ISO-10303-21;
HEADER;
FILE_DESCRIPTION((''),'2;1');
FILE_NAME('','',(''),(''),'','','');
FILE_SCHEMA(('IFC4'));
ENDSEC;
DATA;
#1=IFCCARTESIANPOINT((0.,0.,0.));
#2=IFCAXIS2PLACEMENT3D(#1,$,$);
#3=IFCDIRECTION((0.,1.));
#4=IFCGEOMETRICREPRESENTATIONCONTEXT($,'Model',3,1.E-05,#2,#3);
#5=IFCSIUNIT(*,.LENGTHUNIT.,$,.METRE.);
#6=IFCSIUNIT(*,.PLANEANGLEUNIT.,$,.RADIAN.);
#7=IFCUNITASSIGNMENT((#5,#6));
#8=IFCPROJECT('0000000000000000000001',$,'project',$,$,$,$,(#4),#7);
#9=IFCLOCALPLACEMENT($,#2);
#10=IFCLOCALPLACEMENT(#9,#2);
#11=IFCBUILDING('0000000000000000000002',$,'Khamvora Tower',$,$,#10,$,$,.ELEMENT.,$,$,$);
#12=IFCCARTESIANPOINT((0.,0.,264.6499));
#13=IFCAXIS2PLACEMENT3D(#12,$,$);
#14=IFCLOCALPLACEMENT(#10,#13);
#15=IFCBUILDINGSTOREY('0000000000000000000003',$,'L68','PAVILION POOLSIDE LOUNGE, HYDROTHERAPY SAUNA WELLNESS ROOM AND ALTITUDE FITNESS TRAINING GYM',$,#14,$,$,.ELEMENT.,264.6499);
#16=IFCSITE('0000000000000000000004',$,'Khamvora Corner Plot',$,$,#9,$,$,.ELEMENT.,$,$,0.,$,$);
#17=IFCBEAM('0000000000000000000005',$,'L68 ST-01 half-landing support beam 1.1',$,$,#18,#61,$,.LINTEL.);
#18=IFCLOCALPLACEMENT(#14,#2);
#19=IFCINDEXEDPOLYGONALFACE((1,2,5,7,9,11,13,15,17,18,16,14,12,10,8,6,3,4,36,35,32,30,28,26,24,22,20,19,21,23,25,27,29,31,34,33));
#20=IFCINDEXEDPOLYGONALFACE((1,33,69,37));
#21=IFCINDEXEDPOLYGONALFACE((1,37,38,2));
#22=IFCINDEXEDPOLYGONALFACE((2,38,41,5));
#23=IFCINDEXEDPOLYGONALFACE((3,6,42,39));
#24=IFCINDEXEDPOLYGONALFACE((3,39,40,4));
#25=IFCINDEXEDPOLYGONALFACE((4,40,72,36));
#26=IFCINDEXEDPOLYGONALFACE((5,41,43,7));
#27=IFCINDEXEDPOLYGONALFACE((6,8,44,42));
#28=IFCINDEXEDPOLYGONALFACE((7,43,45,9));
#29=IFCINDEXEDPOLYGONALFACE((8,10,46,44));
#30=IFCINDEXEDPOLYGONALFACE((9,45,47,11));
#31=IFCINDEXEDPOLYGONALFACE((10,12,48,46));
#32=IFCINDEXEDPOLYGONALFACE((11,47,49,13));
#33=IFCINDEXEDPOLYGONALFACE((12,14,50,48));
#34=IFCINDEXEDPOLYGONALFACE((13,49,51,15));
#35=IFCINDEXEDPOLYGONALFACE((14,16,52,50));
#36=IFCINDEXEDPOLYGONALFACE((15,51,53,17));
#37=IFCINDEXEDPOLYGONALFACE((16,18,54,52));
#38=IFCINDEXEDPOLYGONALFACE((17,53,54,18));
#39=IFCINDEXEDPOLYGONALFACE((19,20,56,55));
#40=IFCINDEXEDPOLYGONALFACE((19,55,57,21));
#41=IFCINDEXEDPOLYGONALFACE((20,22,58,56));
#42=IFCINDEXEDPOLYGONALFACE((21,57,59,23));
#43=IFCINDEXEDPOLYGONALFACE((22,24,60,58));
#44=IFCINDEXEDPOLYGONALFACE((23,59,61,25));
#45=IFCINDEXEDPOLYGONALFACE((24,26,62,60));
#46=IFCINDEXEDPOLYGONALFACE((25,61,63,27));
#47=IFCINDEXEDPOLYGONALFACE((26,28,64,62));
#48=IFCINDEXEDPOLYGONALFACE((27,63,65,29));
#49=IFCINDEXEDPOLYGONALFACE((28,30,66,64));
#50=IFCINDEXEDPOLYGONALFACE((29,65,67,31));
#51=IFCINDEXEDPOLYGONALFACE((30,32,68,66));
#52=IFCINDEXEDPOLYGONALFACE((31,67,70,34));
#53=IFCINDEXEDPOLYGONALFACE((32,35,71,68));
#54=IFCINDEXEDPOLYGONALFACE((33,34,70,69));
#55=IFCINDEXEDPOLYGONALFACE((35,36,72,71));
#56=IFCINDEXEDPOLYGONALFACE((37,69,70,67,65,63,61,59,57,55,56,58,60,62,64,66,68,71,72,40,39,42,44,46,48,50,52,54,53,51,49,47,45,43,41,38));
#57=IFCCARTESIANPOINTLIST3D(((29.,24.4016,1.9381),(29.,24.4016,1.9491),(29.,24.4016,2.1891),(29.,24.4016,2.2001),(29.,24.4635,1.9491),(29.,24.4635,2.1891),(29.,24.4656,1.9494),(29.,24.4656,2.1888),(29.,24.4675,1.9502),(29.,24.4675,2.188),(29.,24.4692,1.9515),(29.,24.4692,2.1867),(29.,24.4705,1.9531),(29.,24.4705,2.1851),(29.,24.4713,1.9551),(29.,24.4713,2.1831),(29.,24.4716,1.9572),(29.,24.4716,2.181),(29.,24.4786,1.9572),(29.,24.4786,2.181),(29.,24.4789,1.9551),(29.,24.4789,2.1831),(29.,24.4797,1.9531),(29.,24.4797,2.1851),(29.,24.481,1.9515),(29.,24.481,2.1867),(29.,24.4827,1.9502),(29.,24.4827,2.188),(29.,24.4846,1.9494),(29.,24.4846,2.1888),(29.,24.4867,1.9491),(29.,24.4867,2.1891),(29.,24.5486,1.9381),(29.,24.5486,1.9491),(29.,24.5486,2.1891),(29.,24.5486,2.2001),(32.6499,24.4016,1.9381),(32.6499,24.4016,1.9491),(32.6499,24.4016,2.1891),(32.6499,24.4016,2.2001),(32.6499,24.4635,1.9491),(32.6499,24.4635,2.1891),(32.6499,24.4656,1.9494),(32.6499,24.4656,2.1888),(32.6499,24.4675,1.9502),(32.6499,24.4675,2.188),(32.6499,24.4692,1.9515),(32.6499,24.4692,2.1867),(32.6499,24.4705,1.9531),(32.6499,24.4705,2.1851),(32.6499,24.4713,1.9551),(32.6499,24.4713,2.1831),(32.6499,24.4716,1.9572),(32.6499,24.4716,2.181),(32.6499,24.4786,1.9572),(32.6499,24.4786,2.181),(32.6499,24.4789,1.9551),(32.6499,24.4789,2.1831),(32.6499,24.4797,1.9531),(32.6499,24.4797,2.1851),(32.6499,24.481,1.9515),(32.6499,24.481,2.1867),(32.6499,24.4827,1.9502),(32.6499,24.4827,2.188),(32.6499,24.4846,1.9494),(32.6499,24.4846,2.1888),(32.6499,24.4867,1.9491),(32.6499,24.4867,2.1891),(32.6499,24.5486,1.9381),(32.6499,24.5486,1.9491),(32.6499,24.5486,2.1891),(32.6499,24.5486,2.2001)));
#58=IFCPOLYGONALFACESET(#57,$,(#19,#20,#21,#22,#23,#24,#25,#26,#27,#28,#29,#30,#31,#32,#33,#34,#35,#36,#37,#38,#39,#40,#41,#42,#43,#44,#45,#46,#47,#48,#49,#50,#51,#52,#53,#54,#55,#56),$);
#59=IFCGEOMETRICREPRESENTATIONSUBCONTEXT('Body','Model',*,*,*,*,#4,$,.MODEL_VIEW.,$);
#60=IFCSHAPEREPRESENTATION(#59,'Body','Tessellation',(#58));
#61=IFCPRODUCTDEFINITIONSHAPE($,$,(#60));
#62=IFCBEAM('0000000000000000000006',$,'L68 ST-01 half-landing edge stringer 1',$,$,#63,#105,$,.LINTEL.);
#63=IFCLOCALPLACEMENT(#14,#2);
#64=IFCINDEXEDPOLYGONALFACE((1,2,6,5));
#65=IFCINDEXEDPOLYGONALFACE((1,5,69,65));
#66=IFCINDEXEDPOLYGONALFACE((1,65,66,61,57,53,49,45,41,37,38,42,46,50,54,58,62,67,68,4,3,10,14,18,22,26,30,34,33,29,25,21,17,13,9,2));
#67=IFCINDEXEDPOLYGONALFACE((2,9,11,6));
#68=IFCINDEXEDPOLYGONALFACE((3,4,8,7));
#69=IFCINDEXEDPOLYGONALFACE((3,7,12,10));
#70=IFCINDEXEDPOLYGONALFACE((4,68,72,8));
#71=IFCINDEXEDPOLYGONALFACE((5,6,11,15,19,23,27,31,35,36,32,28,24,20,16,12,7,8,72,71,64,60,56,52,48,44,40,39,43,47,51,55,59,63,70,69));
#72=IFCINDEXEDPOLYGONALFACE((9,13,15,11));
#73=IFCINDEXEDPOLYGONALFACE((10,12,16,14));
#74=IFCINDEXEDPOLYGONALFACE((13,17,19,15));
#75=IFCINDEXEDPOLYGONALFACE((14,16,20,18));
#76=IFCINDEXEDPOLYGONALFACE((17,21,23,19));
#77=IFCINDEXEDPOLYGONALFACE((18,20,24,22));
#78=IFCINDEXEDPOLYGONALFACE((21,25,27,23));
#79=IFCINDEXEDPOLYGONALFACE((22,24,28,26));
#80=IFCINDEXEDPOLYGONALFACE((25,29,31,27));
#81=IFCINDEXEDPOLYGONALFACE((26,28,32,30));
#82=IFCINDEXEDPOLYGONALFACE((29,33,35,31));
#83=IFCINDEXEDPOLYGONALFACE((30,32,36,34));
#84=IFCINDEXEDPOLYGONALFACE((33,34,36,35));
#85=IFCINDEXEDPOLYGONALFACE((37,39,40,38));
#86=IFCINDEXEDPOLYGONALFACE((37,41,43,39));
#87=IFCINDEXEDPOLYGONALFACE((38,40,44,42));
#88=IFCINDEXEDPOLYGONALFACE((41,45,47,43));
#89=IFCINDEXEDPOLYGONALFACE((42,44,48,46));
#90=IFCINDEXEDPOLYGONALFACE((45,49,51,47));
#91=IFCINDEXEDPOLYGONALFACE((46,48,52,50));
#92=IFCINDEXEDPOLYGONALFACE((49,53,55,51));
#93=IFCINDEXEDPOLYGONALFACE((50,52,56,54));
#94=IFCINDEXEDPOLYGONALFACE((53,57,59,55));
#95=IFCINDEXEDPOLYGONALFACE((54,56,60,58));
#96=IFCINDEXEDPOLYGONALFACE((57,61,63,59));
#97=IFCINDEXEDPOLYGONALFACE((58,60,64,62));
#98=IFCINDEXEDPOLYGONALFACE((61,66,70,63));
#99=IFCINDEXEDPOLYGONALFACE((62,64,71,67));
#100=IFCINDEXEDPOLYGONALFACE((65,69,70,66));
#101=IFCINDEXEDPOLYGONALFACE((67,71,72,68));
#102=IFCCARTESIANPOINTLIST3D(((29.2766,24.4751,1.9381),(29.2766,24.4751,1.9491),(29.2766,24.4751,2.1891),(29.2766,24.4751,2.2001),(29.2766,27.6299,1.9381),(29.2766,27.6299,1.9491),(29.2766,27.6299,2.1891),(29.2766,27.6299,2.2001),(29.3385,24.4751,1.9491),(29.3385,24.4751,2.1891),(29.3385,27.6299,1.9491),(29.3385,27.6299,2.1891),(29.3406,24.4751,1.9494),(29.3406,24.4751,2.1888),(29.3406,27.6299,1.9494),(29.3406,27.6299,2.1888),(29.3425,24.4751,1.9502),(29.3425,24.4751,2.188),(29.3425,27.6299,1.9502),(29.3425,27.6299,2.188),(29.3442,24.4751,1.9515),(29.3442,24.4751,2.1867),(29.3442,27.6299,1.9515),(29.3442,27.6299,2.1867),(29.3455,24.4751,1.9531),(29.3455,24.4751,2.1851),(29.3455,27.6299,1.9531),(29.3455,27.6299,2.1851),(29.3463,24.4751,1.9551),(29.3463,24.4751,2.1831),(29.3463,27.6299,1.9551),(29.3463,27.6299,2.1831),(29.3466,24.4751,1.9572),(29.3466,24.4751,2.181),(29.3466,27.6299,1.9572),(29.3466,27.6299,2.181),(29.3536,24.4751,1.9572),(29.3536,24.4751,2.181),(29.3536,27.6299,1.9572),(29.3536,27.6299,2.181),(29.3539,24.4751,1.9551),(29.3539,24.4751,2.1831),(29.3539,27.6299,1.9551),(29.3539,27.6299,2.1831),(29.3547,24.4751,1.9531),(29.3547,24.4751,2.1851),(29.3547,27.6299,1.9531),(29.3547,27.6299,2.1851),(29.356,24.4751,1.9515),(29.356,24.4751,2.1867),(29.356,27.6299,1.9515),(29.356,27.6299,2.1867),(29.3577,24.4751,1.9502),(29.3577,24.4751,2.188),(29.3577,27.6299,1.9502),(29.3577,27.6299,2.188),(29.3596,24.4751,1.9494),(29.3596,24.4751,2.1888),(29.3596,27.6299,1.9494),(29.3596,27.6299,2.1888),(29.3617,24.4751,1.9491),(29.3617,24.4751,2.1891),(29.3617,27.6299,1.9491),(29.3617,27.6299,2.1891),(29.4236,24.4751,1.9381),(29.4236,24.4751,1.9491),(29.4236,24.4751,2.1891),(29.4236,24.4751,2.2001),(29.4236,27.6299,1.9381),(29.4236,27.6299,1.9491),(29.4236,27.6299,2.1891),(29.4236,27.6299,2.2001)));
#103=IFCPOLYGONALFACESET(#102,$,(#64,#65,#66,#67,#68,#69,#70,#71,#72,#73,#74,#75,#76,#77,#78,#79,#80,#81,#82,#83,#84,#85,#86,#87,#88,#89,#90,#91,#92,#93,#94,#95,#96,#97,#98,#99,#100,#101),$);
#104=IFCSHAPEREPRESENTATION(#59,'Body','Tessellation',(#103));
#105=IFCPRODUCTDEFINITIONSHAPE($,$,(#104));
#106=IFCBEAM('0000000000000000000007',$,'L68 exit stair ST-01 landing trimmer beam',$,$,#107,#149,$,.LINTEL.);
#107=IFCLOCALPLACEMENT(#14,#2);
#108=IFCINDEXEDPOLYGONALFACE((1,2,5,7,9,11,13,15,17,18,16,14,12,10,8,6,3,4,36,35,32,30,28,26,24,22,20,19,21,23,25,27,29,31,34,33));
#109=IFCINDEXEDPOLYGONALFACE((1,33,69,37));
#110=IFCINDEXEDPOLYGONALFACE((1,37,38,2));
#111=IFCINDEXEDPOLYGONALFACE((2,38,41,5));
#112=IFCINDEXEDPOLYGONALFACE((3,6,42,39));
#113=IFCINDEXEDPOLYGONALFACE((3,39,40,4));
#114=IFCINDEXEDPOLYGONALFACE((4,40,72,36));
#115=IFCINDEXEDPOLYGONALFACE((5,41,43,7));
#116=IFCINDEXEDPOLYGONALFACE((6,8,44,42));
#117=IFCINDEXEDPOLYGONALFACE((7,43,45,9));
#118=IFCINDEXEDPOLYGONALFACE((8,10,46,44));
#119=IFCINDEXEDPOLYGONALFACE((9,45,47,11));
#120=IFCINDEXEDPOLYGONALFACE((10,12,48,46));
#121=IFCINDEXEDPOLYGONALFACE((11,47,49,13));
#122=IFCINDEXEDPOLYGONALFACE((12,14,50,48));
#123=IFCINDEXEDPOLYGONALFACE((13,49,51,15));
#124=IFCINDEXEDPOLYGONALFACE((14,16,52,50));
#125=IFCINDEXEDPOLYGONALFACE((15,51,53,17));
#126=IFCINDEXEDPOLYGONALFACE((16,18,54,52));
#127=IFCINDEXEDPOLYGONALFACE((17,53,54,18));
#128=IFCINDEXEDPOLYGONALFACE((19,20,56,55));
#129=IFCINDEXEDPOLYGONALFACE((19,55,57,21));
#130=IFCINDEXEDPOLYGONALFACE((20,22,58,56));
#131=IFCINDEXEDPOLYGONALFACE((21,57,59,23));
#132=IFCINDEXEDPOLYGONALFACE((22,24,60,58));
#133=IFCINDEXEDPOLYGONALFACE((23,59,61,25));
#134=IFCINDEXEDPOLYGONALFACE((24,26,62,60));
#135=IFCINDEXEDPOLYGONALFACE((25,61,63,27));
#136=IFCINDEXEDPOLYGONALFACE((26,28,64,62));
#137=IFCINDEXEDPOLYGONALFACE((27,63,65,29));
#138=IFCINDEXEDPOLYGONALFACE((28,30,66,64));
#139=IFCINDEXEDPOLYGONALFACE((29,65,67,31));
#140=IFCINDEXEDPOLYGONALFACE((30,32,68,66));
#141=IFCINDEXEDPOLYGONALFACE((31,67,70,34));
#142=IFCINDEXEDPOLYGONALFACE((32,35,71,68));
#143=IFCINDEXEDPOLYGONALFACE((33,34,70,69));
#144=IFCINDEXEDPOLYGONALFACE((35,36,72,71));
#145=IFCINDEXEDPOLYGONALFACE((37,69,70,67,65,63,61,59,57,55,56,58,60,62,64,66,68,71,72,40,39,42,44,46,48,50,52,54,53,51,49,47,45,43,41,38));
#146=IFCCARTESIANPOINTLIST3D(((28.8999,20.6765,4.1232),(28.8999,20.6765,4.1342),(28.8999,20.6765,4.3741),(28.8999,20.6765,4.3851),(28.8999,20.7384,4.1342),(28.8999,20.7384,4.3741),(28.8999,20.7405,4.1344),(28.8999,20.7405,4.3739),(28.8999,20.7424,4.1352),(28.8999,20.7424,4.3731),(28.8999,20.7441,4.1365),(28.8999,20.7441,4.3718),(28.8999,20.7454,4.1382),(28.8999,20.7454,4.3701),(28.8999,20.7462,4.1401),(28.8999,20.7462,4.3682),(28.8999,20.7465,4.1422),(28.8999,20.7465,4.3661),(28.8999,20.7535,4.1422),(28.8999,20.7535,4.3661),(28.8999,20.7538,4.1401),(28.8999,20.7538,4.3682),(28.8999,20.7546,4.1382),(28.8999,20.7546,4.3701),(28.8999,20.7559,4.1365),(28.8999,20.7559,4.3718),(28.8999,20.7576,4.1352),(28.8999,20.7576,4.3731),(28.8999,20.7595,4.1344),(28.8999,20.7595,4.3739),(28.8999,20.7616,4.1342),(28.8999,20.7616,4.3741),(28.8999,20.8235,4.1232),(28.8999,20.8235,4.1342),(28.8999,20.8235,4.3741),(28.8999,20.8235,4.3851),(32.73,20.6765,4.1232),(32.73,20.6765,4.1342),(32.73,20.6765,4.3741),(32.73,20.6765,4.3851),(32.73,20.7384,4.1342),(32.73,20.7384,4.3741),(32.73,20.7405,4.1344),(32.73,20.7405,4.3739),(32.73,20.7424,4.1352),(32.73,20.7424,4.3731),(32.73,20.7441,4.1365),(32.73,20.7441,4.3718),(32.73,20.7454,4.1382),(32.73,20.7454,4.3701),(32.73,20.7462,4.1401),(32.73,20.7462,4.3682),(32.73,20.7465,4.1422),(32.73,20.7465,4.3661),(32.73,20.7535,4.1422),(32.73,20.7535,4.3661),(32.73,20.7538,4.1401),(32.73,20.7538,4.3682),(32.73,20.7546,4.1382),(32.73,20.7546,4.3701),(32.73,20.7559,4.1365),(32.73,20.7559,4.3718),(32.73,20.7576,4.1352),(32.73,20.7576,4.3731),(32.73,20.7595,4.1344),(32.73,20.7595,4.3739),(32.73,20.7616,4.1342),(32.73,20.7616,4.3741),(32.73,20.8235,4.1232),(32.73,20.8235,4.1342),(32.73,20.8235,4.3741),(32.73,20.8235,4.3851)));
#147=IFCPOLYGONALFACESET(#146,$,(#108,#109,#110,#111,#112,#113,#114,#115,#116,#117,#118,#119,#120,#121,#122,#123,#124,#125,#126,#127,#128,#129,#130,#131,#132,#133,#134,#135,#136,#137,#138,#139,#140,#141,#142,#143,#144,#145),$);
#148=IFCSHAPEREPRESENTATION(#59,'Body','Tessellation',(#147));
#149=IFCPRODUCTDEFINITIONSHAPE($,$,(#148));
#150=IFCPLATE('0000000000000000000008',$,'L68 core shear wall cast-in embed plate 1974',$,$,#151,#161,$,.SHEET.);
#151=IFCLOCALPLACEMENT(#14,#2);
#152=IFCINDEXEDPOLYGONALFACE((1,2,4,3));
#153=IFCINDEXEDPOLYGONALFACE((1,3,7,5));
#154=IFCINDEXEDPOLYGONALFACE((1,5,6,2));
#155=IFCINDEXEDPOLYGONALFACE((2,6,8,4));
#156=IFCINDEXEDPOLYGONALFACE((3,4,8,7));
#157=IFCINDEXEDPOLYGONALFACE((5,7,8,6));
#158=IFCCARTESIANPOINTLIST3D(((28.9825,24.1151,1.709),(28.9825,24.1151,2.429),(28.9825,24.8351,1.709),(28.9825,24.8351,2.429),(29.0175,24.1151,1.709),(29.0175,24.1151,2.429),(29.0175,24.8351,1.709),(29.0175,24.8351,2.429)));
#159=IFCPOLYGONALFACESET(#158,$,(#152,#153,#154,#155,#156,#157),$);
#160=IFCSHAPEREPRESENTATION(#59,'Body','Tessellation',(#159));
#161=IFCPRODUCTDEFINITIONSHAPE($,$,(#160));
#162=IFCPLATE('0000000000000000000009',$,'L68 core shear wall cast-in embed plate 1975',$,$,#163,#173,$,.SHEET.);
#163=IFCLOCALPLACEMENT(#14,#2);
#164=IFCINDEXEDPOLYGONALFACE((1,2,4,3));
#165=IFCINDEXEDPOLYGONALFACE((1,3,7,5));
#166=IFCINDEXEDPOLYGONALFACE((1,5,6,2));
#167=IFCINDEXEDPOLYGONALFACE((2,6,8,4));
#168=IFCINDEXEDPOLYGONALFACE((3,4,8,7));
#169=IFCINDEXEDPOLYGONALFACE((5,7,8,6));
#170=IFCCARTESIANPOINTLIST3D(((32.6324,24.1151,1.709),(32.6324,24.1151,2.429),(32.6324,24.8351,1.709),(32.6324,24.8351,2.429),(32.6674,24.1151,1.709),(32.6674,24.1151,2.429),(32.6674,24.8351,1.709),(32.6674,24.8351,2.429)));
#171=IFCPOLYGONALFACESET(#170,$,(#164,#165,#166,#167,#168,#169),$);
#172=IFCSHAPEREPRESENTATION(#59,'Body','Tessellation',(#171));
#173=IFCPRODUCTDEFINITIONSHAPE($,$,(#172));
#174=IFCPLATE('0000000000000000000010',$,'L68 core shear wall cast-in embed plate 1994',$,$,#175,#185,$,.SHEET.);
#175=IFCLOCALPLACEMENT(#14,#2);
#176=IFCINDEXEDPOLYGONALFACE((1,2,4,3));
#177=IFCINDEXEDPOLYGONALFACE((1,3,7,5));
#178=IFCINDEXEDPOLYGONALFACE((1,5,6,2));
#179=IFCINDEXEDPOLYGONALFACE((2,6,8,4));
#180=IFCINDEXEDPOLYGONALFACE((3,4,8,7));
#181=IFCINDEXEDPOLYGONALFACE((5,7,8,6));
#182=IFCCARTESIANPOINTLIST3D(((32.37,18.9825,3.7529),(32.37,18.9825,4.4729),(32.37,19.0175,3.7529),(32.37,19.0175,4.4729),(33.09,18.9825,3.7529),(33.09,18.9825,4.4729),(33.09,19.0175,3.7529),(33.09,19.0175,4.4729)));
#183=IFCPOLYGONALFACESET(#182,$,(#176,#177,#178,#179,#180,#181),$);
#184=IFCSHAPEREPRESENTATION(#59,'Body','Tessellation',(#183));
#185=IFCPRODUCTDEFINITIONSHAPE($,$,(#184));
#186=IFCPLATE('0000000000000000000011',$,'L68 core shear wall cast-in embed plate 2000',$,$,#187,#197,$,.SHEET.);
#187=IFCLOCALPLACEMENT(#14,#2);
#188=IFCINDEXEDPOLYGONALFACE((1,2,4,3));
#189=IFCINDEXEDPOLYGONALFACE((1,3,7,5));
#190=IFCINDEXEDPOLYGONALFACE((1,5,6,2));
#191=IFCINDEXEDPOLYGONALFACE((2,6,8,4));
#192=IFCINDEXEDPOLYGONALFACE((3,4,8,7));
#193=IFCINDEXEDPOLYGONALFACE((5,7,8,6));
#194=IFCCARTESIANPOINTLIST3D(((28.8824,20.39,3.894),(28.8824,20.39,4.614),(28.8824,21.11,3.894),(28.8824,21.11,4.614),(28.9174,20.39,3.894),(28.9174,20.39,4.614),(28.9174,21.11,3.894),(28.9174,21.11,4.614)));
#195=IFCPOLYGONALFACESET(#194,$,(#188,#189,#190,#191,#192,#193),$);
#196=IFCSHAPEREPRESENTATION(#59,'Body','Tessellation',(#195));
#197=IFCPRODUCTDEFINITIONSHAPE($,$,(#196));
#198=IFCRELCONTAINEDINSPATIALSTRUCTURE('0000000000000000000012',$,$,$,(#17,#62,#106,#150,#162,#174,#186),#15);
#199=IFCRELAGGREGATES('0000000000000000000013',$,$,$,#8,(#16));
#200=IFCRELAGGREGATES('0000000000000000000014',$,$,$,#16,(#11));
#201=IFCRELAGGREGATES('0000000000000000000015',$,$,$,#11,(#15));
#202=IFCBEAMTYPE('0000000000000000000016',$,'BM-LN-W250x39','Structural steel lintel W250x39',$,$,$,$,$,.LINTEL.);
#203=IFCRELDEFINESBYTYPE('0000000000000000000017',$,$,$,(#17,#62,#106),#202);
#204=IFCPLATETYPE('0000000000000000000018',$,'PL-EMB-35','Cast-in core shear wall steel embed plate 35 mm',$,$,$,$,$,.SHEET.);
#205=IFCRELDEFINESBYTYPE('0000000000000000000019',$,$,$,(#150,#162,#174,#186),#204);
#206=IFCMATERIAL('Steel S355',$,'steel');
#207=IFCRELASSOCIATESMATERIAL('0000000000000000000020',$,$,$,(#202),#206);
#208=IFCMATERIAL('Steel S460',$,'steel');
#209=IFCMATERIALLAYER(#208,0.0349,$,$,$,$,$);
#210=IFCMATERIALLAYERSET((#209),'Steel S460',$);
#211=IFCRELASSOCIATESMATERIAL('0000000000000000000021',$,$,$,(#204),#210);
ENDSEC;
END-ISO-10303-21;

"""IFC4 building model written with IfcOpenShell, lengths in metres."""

from ifc_helpers import new_model, si_unit, direction, frame, origin, origin_2d, place, context, subcontext, project, spatial, rectangle, i_section, extrude, material, layer, layer_set, material_profile, profile_set, type_object, element, save


model = new_model("IFC4")

# Units and contexts
model_context = context("Model", 3, precision=1e-05, world=origin(), true_north=direction((0.0, 1.0)))
body_context = subcontext(model_context, "Body", "Model", "MODEL_VIEW")
ifc_project = project(units=[si_unit("LENGTHUNIT", "METRE"), si_unit("PLANEANGLEUNIT", "RADIAN")], contexts=[model_context])

# Site, building, storey
site_placement = place(None, origin())
site = spatial("IfcSite", under=ifc_project, at=site_placement, Name="Khamvora Corner Plot", CompositionType="ELEMENT", RefElevation=0.0)
building_placement = place(site_placement, origin())
building = spatial("IfcBuilding", under=site, at=building_placement, Name="Khamvora Tower", CompositionType="ELEMENT")
storey_placement = place(building_placement, frame((0.0, 0.0, 264.6499)))
storey = spatial("IfcBuildingStorey", under=building, at=storey_placement, Name="L68", Description="PAVILION POOLSIDE LOUNGE, HYDROTHERAPY SAUNA WELLNESS ROOM AND ALTITUDE FITNESS TRAINING GYM", CompositionType="ELEMENT", Elevation=264.6499)

# Beams
ifc_material_1 = material(Name="Steel S355", Category="steel")
ifc_material_profile = material_profile(ifc_material_1, i_section(OverallWidth=0.147, OverallDepth=0.262, WebThickness=0.0071, FlangeThickness=0.011, FilletRadius=0.0081, at=origin_2d()), Name="W250x39")
ifc_profile_set = profile_set([ifc_material_profile], Name="Steel S355")
beam_type = type_object("IfcBeamType", Name="BM-LN-W250x39", Description="Structural steel lintel W250x39", PredefinedType="LINTEL", material=ifc_profile_set)
beam_1_placement = place(storey_placement, frame((29.0, 24.4751, 2.0691), z_axis=(1.0, 0.0, 0.0), x_axis=(0.0, 1.0, 0.0)))
element("IfcBeam", 1, at=beam_1_placement, inside=storey, type_object=beam_type, Name="L68 ST-01 half-landing support beam 1.1", PredefinedType="LINTEL", context=body_context, shape_type="SweptSolid", body=[
    extrude(i_section(OverallWidth=0.147, OverallDepth=0.262, WebThickness=0.0071, FlangeThickness=0.011, FilletRadius=0.0081, at=origin_2d()), origin(), (0.0, 0.0, 1.0), 3.6499),
])
beam_2_placement = place(storey_placement, frame((29.3501, 24.4751, 2.0691), z_axis=(0.0, 1.0, 0.0), x_axis=(-1.0, 0.0, 0.0)))
element("IfcBeam", 2, at=beam_2_placement, inside=storey, type_object=beam_type, Name="L68 ST-01 half-landing edge stringer 1", PredefinedType="LINTEL", context=body_context, shape_type="SweptSolid", body=[
    extrude(i_section(OverallWidth=0.147, OverallDepth=0.262, WebThickness=0.0071, FlangeThickness=0.011, FilletRadius=0.0081, at=origin_2d()), origin(), (0.0, 0.0, 1.0), 3.1548),
])
beam_3_placement = place(storey_placement, frame((28.8999, 20.75, 4.2542), z_axis=(1.0, 0.0, 0.0), x_axis=(0.0, 1.0, 0.0)))
element("IfcBeam", 3, at=beam_3_placement, inside=storey, type_object=beam_type, Name="L68 exit stair ST-01 landing trimmer beam", PredefinedType="LINTEL", context=body_context, shape_type="SweptSolid", body=[
    extrude(i_section(OverallWidth=0.147, OverallDepth=0.262, WebThickness=0.0071, FlangeThickness=0.011, FilletRadius=0.0081, at=origin_2d()), origin(), (0.0, 0.0, 1.0), 3.8301),
])

# Plates
ifc_material_2 = material(Name="Steel S460", Category="steel")
ifc_layer_1 = layer(ifc_material_2, 0.0349)
ifc_layer_set_1 = layer_set([ifc_layer_1], Name="Steel S460")
plate_type = type_object("IfcPlateType", Name="PL-EMB-35", Description="Cast-in core shear wall steel embed plate 35 mm", PredefinedType="SHEET", material=ifc_layer_set_1)
for number, where, z_axis, x_axis, name in (
    (4, (29.0, 24.4751, 1.709), (0.0, 0.0, 1.0), (1.0, 0.0, 0.0), "L68 core shear wall cast-in embed plate 1974"),
    (5, (32.6499, 24.4751, 1.709), (0.0, 0.0, 1.0), (1.0, 0.0, 0.0), "L68 core shear wall cast-in embed plate 1975"),
):
    element("IfcPlate", number, at=place(storey_placement, frame(where, z_axis=z_axis, x_axis=x_axis)), inside=storey, type_object=plate_type, Name=name, PredefinedType="SHEET", context=body_context, shape_type="SweptSolid", body=[
        extrude(rectangle(XDim=0.0349, YDim=0.72, at=origin_2d()), origin(), (0.0, 0.0, 1.0), 0.72),
    ])
plate_placement = place(storey_placement, frame((32.73, 19.0, 3.7529), z_axis=(0.0, 0.0, 1.0), x_axis=(1.0, 0.0, 0.0)))
element("IfcPlate", 6, at=plate_placement, inside=storey, type_object=plate_type, Name="L68 core shear wall cast-in embed plate 1994", PredefinedType="SHEET", context=body_context, shape_type="SweptSolid", body=[
    extrude(rectangle(XDim=0.72, YDim=0.0349, at=origin_2d()), origin(), (0.0, 0.0, 1.0), 0.72),
])
for number, where, z_axis, x_axis, name in (
    (7, (28.8999, 20.75, 3.894), (0.0, 0.0, 1.0), (1.0, 0.0, 0.0), "L68 core shear wall cast-in embed plate 2000"),
):
    element("IfcPlate", number, at=place(storey_placement, frame(where, z_axis=z_axis, x_axis=x_axis)), inside=storey, type_object=plate_type, Name=name, PredefinedType="SHEET", context=body_context, shape_type="SweptSolid", body=[
        extrude(rectangle(XDim=0.0349, YDim=0.72, at=origin_2d()), origin(), (0.0, 0.0, 1.0), 0.72),
    ])

save(model, "model.ifc")
